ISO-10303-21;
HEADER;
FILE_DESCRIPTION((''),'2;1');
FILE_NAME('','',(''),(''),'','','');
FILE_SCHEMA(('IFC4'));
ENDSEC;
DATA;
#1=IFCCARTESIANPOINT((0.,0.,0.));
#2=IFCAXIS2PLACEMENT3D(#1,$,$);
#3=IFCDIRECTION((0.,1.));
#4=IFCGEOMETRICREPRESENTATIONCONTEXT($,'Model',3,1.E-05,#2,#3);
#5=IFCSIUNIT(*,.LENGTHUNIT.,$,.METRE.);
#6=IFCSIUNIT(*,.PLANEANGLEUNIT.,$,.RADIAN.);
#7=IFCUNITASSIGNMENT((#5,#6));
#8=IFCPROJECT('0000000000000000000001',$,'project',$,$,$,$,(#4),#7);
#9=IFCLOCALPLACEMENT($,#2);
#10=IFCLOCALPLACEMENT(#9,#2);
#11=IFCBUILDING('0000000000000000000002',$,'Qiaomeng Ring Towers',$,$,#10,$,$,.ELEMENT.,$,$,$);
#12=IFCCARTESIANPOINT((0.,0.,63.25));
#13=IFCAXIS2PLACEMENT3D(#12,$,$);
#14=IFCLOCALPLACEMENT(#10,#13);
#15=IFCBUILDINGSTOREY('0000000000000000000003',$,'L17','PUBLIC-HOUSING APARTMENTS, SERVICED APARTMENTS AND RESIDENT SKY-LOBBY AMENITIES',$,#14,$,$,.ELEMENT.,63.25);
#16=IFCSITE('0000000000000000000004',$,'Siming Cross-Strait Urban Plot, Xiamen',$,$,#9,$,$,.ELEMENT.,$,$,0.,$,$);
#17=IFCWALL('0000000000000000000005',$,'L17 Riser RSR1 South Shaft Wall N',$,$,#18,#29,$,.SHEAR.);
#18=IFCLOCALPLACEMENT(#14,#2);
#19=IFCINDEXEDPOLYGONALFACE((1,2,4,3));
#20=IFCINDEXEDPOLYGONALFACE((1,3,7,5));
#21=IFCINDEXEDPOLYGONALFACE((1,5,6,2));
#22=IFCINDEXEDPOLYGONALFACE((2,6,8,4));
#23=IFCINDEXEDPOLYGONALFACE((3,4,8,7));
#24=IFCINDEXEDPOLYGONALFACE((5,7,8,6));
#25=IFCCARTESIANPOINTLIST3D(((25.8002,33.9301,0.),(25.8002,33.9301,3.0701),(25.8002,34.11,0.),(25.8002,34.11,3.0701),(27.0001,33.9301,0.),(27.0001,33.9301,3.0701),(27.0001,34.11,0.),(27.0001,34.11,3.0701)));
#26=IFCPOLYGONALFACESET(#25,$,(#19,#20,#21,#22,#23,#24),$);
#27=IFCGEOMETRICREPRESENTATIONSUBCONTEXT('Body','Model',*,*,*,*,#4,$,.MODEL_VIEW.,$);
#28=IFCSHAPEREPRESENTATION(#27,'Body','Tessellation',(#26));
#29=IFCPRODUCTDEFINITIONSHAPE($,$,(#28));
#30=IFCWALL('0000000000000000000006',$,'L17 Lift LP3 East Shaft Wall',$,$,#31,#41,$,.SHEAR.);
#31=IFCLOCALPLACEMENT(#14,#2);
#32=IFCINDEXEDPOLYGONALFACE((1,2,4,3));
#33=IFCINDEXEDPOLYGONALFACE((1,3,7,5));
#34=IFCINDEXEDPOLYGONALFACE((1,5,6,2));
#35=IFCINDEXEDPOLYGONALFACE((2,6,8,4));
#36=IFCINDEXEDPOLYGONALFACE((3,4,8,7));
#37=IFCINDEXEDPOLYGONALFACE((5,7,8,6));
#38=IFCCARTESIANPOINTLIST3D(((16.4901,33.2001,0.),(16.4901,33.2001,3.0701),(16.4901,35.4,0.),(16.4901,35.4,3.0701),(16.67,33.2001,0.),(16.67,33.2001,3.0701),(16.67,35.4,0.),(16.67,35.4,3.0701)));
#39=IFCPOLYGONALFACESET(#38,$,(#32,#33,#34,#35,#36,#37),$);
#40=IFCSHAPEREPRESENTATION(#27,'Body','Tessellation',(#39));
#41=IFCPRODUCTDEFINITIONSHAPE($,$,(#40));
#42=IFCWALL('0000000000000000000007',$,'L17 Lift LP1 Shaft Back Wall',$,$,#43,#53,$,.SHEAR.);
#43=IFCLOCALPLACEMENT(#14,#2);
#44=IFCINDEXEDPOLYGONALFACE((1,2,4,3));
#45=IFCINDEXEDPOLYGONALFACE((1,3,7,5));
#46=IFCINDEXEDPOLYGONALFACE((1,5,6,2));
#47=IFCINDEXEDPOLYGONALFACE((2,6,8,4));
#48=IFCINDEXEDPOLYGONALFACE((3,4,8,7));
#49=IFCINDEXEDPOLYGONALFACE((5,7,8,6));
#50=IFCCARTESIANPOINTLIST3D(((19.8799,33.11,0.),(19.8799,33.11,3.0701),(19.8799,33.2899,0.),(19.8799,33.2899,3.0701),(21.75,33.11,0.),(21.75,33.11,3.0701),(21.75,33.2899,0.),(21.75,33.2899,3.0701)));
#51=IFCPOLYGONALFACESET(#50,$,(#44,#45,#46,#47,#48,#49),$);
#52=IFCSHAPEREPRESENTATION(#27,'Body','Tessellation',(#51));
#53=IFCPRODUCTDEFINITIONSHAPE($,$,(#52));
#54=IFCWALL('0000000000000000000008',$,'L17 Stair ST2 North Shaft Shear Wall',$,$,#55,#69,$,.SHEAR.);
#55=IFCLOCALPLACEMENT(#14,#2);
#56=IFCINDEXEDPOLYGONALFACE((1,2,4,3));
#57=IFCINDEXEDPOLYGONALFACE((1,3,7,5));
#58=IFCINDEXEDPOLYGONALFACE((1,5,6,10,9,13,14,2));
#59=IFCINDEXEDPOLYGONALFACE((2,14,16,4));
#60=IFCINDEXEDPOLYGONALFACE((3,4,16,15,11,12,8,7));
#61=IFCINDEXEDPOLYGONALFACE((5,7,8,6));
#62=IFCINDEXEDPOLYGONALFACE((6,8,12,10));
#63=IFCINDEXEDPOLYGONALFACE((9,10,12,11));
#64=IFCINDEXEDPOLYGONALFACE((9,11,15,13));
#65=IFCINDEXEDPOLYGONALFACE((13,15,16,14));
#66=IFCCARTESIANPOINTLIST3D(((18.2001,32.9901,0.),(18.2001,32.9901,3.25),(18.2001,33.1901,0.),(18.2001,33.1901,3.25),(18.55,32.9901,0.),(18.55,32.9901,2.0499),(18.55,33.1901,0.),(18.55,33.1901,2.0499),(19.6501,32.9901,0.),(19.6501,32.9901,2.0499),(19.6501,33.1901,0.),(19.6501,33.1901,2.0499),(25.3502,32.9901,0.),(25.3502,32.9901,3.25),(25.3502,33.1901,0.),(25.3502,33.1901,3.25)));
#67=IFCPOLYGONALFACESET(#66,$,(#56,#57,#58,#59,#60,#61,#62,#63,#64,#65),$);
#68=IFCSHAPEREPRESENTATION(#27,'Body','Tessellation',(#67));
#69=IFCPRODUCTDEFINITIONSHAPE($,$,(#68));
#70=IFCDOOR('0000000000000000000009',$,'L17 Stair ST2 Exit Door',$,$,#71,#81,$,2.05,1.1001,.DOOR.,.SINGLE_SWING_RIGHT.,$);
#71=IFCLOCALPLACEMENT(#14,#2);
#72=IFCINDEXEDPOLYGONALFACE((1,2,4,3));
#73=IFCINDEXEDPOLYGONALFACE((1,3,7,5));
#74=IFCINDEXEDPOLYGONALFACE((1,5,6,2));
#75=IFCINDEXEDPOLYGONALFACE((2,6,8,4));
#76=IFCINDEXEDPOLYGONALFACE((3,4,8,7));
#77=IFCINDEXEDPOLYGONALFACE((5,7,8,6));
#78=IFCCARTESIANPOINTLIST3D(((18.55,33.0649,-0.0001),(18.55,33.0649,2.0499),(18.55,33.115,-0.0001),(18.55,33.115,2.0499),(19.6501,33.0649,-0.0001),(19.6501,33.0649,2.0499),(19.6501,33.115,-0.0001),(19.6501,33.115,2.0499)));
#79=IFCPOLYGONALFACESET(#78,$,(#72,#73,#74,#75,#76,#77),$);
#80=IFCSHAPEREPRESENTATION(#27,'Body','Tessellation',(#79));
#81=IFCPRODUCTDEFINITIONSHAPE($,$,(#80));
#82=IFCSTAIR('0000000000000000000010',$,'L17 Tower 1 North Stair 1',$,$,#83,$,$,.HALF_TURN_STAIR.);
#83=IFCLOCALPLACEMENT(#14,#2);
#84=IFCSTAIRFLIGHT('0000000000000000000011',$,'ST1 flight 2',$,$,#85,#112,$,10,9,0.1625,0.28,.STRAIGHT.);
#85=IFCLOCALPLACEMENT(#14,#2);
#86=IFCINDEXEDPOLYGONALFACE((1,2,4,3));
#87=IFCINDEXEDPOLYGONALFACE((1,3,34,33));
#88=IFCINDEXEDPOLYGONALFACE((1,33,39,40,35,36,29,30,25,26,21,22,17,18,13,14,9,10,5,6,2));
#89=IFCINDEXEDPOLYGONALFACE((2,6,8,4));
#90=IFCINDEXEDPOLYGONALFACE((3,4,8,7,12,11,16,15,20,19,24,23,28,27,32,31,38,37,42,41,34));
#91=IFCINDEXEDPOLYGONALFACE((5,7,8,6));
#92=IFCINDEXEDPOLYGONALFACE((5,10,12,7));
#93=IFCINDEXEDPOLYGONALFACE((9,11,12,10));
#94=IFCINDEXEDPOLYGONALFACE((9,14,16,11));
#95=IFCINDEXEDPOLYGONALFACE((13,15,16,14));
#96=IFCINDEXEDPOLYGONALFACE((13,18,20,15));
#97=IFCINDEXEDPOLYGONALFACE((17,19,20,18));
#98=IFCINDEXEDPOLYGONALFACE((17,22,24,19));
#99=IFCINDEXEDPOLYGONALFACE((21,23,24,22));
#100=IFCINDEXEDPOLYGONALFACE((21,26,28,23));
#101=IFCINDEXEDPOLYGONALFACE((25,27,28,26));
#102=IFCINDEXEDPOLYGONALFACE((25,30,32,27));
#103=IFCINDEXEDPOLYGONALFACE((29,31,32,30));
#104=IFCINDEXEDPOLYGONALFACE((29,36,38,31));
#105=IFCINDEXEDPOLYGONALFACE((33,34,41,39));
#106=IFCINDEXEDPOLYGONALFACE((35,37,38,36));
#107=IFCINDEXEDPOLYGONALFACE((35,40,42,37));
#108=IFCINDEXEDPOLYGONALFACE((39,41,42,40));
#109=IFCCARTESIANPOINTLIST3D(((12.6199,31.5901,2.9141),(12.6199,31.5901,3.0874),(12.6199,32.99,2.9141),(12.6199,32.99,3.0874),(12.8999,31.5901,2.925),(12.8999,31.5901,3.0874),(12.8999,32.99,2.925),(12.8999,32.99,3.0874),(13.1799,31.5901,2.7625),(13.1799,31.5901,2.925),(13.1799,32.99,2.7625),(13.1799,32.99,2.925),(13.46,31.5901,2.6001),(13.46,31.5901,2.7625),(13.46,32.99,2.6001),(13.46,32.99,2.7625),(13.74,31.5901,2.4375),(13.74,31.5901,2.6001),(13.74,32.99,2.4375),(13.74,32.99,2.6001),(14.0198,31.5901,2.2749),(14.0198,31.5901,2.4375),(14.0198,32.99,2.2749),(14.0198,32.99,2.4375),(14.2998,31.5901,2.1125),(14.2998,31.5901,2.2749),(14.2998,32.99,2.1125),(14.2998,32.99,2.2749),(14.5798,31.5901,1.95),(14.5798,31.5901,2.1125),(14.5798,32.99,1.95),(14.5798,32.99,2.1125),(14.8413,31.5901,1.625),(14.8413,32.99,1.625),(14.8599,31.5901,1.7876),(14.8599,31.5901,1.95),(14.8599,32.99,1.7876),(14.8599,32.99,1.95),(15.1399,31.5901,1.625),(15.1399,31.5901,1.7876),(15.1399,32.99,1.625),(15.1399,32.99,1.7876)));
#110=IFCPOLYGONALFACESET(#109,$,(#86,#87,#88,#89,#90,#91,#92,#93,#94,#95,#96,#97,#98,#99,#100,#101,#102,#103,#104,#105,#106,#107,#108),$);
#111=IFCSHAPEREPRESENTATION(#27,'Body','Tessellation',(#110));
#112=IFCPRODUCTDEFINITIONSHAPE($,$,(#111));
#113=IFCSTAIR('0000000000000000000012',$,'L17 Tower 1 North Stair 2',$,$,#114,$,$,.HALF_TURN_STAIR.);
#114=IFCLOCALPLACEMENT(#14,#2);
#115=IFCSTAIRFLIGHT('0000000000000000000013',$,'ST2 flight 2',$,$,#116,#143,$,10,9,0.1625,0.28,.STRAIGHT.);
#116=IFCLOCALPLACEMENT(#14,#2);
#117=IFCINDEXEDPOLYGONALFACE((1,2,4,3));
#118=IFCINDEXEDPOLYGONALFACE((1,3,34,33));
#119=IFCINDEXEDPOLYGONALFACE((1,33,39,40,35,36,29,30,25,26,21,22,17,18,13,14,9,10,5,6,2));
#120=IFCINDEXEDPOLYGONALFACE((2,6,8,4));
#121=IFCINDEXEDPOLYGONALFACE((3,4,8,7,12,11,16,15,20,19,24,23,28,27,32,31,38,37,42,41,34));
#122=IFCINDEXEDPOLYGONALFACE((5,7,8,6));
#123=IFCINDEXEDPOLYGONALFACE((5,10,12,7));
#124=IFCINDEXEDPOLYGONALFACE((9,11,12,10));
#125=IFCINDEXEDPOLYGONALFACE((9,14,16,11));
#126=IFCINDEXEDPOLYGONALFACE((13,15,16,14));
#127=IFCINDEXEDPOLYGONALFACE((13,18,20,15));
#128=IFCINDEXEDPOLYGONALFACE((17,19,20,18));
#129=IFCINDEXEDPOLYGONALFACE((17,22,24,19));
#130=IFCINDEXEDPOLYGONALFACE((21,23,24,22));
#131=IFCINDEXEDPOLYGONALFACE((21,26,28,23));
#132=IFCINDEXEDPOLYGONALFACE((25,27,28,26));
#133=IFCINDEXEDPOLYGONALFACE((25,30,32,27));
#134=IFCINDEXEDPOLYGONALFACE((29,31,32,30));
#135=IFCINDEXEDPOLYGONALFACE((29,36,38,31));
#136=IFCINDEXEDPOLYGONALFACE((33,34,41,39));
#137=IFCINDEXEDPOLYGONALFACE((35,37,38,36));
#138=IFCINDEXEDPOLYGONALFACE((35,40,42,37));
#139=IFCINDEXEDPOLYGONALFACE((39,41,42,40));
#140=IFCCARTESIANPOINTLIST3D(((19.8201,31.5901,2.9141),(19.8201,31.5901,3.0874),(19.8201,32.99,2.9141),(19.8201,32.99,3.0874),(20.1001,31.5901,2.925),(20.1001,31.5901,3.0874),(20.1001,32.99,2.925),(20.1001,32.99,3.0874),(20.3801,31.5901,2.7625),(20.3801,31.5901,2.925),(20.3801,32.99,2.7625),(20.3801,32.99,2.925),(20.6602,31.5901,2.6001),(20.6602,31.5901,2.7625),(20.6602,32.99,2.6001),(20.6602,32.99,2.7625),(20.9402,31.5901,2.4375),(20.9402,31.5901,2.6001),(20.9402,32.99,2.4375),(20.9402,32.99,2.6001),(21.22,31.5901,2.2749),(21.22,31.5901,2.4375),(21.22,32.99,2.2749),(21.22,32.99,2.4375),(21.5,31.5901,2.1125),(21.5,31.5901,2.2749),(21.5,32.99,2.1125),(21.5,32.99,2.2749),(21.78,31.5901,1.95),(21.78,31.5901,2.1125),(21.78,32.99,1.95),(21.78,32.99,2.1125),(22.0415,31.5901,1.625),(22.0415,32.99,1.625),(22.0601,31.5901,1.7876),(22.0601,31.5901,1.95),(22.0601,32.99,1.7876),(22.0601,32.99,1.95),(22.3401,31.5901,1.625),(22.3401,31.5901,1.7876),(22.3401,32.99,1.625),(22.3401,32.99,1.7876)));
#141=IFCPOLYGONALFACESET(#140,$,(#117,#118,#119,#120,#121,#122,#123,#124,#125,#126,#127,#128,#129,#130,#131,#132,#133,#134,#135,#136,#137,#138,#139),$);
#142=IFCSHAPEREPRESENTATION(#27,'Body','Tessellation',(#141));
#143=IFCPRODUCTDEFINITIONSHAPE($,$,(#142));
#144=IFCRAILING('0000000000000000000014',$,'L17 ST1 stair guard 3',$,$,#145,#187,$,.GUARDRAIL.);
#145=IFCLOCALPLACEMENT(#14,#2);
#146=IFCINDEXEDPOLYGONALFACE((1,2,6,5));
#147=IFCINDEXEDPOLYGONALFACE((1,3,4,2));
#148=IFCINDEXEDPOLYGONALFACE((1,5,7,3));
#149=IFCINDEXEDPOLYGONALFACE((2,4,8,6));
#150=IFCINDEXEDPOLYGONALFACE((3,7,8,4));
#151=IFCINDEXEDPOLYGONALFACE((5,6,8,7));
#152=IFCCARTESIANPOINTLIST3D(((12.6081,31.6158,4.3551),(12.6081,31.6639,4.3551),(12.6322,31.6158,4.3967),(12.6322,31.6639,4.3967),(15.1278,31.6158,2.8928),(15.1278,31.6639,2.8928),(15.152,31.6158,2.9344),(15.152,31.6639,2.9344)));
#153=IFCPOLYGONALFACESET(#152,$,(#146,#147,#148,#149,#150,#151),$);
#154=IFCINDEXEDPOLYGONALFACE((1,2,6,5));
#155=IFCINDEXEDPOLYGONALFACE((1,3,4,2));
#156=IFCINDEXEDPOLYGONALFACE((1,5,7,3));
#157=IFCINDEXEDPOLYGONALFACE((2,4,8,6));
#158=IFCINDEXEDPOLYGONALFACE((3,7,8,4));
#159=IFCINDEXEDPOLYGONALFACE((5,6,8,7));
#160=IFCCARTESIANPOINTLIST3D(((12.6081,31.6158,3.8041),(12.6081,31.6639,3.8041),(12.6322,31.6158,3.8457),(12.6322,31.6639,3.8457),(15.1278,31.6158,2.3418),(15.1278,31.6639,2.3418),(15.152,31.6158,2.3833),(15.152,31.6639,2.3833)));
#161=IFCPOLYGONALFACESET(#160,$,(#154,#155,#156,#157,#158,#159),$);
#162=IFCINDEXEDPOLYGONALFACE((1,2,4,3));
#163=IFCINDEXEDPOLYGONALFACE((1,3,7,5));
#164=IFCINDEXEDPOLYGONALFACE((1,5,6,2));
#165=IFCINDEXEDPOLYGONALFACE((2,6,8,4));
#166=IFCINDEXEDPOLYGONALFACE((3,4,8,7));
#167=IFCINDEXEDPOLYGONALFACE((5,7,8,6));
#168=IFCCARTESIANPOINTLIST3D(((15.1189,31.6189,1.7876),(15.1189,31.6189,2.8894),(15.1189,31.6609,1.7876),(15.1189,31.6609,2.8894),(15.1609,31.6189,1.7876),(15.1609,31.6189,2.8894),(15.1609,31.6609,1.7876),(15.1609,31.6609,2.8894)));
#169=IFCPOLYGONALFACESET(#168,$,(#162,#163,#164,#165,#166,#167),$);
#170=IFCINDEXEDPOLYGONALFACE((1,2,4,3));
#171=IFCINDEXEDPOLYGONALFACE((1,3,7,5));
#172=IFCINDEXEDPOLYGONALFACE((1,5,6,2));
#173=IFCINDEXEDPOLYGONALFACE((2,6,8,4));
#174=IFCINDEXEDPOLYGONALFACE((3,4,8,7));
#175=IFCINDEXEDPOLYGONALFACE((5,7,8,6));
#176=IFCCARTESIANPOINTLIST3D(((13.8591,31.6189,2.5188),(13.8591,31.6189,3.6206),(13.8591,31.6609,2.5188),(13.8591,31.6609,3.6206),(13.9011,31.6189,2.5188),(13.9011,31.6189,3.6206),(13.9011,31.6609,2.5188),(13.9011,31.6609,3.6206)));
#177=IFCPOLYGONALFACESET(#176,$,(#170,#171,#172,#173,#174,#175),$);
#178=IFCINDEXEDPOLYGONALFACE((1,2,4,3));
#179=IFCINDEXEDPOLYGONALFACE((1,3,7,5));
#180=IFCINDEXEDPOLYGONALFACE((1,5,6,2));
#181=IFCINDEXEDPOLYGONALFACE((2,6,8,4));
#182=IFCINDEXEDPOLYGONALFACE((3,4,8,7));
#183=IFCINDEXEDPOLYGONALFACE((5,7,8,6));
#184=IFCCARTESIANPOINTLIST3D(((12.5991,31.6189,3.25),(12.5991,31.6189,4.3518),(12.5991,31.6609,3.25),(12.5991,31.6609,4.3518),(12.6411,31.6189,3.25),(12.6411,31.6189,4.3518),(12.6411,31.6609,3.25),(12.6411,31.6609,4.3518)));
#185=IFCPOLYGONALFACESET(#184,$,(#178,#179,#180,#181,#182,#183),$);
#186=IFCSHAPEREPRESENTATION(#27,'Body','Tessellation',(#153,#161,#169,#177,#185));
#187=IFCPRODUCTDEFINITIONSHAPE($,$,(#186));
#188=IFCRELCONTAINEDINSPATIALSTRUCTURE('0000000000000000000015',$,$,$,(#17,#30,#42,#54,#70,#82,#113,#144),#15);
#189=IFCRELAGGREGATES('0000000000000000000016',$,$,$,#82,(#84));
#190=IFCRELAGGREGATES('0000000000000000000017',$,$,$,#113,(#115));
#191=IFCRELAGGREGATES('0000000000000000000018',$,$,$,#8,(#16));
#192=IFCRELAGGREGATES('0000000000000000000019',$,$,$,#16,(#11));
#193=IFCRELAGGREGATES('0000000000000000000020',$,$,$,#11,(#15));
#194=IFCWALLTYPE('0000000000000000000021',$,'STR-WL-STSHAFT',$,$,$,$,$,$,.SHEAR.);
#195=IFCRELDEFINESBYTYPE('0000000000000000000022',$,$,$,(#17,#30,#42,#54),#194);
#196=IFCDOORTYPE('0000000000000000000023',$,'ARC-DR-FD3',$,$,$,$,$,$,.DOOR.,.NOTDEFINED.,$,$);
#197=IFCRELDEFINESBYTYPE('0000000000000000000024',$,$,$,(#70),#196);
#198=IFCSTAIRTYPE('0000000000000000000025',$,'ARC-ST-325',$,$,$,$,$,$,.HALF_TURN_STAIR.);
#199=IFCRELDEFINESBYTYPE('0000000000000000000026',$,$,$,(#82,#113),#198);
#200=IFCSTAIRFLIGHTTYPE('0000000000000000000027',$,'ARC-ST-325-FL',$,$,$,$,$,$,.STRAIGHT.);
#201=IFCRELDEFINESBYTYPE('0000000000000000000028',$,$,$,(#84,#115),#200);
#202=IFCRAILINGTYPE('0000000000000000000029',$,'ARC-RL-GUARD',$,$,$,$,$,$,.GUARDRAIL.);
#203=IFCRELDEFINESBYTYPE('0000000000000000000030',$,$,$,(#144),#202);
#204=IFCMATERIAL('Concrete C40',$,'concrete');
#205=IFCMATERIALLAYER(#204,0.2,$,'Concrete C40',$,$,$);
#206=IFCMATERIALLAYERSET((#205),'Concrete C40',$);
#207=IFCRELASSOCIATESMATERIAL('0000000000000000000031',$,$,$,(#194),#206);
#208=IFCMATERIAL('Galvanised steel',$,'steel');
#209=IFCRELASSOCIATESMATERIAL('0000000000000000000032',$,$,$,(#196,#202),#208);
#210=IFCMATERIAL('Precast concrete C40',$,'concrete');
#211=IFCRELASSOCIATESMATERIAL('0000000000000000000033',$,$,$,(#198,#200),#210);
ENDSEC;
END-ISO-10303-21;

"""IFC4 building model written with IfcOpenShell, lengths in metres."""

from ifc_helpers import new_model, si_unit, direction, frame, frame_2d, origin, origin_2d, place, context, subcontext, project, spatial, polyline, rectangle, outline, extrude, source, transform, mapped, material, layer, layer_set, type_object, element, fill, aggregate, save


model = new_model("IFC4")

# Units and contexts
model_context = context("Model", 3, precision=1e-05, world=origin(), true_north=direction((0.0, 1.0)))
body_context = subcontext(model_context, "Body", "Model", "MODEL_VIEW")
ifc_project = project(units=[si_unit("LENGTHUNIT", "METRE"), si_unit("PLANEANGLEUNIT", "RADIAN")], contexts=[model_context])

# Site, building, storey
site_placement = place(None, origin())
site = spatial("IfcSite", under=ifc_project, at=site_placement, Name="Siming Cross-Strait Urban Plot, Xiamen", CompositionType="ELEMENT", RefElevation=0.0)
building_placement = place(site_placement, origin())
building = spatial("IfcBuilding", under=site, at=building_placement, Name="Qiaomeng Ring Towers", CompositionType="ELEMENT")
storey_placement = place(building_placement, frame((0.0, 0.0, 63.25)))
storey = spatial("IfcBuildingStorey", under=building, at=storey_placement, Name="L17", Description="PUBLIC-HOUSING APARTMENTS, SERVICED APARTMENTS AND RESIDENT SKY-LOBBY AMENITIES", CompositionType="ELEMENT", Elevation=63.25)

# Walls
ifc_material_1 = material(Name="Concrete C40", Category="concrete")
ifc_layer_1 = layer(ifc_material_1, 0.2, Name="Concrete C40")
ifc_layer_set_1 = layer_set([ifc_layer_1], Name="Concrete C40")
wall_type_1 = type_object("IfcWallType", Name="STR-WL-STSHAFT", PredefinedType="SHEAR", material=ifc_layer_set_1)
for number, where, z_axis, x_axis, name in (
    (1, (25.8, 34.02, 0.0), (0.0, 0.0, 1.0), (1.0, 0.0, 0.0), "L17 Riser RSR1 South Shaft Wall N"),
):
    element("IfcWall", number, at=place(storey_placement, frame(where, z_axis=z_axis, x_axis=x_axis)), inside=storey, type_object=wall_type_1, Name=name, PredefinedType="SHEAR", context=body_context, shape_type="SweptSolid", body=[
        extrude(rectangle(XDim=1.2, YDim=0.1799, at=frame_2d((0.6001, 0.0))), origin(), (0.0, 0.0, 1.0), 3.0701),
    ])
wall_1_placement = place(storey_placement, frame((16.5801, 33.2, 0.0), z_axis=(0.0, 0.0, 1.0), x_axis=(0.0, 1.0, 0.0)))
element("IfcWall", 2, at=wall_1_placement, inside=storey, type_object=wall_type_1, Name="L17 Lift LP3 East Shaft Wall", PredefinedType="SHEAR", context=body_context, shape_type="SweptSolid", body=[
    extrude(rectangle(XDim=2.2, YDim=0.1799, at=frame_2d((1.1001, 0.0))), origin(), (0.0, 0.0, 1.0), 3.0701),
])
wall_2_placement = place(storey_placement, frame((19.8799, 33.2, 0.0), z_axis=(0.0, 0.0, 1.0), x_axis=(1.0, 0.0, 0.0)))
element("IfcWall", 3, at=wall_2_placement, inside=storey, type_object=wall_type_1, Name="L17 Lift LP1 Shaft Back Wall", PredefinedType="SHEAR", context=body_context, shape_type="SweptSolid", body=[
    extrude(rectangle(XDim=1.8701, YDim=0.1799, at=frame_2d((0.9351, 0.0))), origin(), (0.0, 0.0, 1.0), 3.0701),
])

# Wall, opening, door
wall_3_placement = place(storey_placement, frame((18.2, 33.0901, 0.0), z_axis=(0.0, 0.0, 1.0), x_axis=(1.0, 0.0, 0.0)))
wall_3 = element("IfcWall", 4, at=wall_3_placement, inside=storey, type_object=wall_type_1, Name="L17 Stair ST2 North Shaft Shear Wall", PredefinedType="SHEAR", context=body_context, shape_type="SweptSolid", body=[
    extrude(rectangle(XDim=7.1501, YDim=0.2, at=frame_2d((3.5752, 0.0))), origin(), (0.0, 0.0, 1.0), 3.25),
])
opening_placement = place(wall_3_placement, frame((0.3501, 0.0, 0.0)))
opening = element("IfcOpeningElement", 5, at=opening_placement, cuts=wall_3, PredefinedType="OPENING", context=body_context, shape_type="SweptSolid", body=[
    extrude(rectangle(XDim=1.1001, YDim=2.05, at=frame_2d((0.55, 1.0249))), frame((0.0, 0.1099, 0.0), z_axis=(0.0, -1.0, 0.0), x_axis=(1.0, 0.0, 0.0)), (0.0, 0.0, 1.0), 0.22),
])
ifc_material_2 = material(Name="Galvanised steel", Category="steel")
door_type = type_object("IfcDoorType", Name="ARC-DR-FD3", OperationType="NOTDEFINED", PredefinedType="DOOR", material=ifc_material_2)
shared_shape_1 = source(origin(), body_context, "Body", "SweptSolid", [
    extrude(rectangle(XDim=1.1001, YDim=2.05, at=frame_2d((0.55, 1.0249))), frame((0.0, 0.0249, 0.0), z_axis=(0.0, -1.0, 0.0), x_axis=(1.0, 0.0, 0.0)), (0.0, 0.0, 1.0), 0.05),
])
door_placement = place(opening_placement, origin())
door = element("IfcDoor", 6, at=door_placement, inside=storey, type_object=door_type, Name="L17 Stair ST2 Exit Door", OperationType="SINGLE_SWING_RIGHT", OverallHeight=2.05, OverallWidth=1.1001, PredefinedType="DOOR", context=body_context, shape_type="MappedRepresentation", body=[
    mapped(shared_shape_1, transform((0.0, 0.0, 0.0), x_axis=(1.0, 0.0, 0.0), y_axis=(0.0, 1.0, 0.0), z_axis=(0.0, 0.0, 1.0), scale=1.0)),
])
fill(opening, door)

# Stairs, stair flights
ifc_material_3 = material(Name="Precast concrete C40", Category="concrete")
stair_type = type_object("IfcStairType", Name="ARC-ST-325", PredefinedType="HALF_TURN_STAIR", material=ifc_material_3)
stair_1_placement = place(storey_placement, origin())
stair_1 = element("IfcStair", 7, at=stair_1_placement, inside=storey, type_object=stair_type, Name="L17 Tower 1 North Stair 1", PredefinedType="HALF_TURN_STAIR")
stair_flight_type = type_object("IfcStairFlightType", Name="ARC-ST-325-FL", PredefinedType="STRAIGHT", material=ifc_material_3)
shared_shape_2 = source(origin(), body_context, "Body", "SweptSolid", [
    extrude(outline(polyline([(0.0, 0.0), (0.0, 0.1626), (0.28, 0.1626), (0.28, 0.325), (0.5601, 0.325), (0.5601, 0.4875), (0.8401, 0.4875), (0.8401, 0.6499), (1.1201, 0.6499), (1.1201, 0.8125), (1.3999, 0.8125), (1.3999, 0.9751), (1.6799, 0.9751), (1.6799, 1.1375), (1.96, 1.1375), (1.96, 1.3), (2.24, 1.3), (2.24, 1.4624), (2.52, 1.4624), (2.52, 1.625), (2.52, 1.2891), (0.2986, 0.0), (0.0, 0.0)])), frame((0.0, 0.7, 0.0), z_axis=(0.0, -1.0, 0.0), x_axis=(1.0, 0.0, 0.0)), (0.0, 0.0, 1.0), 1.3999),
])
stair_flight_1_placement = place(storey_placement, frame((15.1399, 32.29, 1.625), z_axis=(0.0, 0.0, 1.0), x_axis=(-1.0, 0.0, 0.0)))
stair_flight_1 = element("IfcStairFlight", 8, at=stair_flight_1_placement, type_object=stair_flight_type, Name="ST1 flight 2", NumberOfRisers=10, NumberOfTreads=9, PredefinedType="STRAIGHT", RiserHeight=0.1625, TreadLength=0.28, context=body_context, shape_type="MappedRepresentation", body=[
    mapped(shared_shape_2, transform((0.0, 0.0, 0.0), x_axis=(1.0, 0.0, 0.0), y_axis=(0.0, 1.0, 0.0), z_axis=(0.0, 0.0, 1.0), scale=1.0)),
])
aggregate(stair_1, [stair_flight_1])
stair_2_placement = place(storey_placement, origin())
stair_2 = element("IfcStair", 9, at=stair_2_placement, inside=storey, type_object=stair_type, Name="L17 Tower 1 North Stair 2", PredefinedType="HALF_TURN_STAIR")
stair_flight_2_placement = place(storey_placement, frame((22.3401, 32.29, 1.625), z_axis=(0.0, 0.0, 1.0), x_axis=(-1.0, 0.0, 0.0)))
stair_flight_2 = element("IfcStairFlight", 10, at=stair_flight_2_placement, type_object=stair_flight_type, Name="ST2 flight 2", NumberOfRisers=10, NumberOfTreads=9, PredefinedType="STRAIGHT", RiserHeight=0.1625, TreadLength=0.28, context=body_context, shape_type="MappedRepresentation", body=[
    mapped(shared_shape_2, transform((0.0, 0.0, 0.0), x_axis=(1.0, 0.0, 0.0), y_axis=(0.0, 1.0, 0.0), z_axis=(0.0, 0.0, 1.0), scale=1.0)),
])
aggregate(stair_2, [stair_flight_2])

# Railing
railing_type_1 = type_object("IfcRailingType", Name="ARC-RL-GUARD", PredefinedType="GUARDRAIL", material=ifc_material_2)
railing_1_placement = place(storey_placement, frame((15.1399, 31.6399, 1.7876)))
element("IfcRailing", 11, at=railing_1_placement, inside=storey, type_object=railing_type_1, Name="L17 ST1 stair guard 3", PredefinedType="GUARDRAIL", context=body_context, shape_type="SweptSolid", body=[
    extrude(rectangle(XDim=0.0481, YDim=0.0481, at=origin_2d()), frame((0.0, 0.0, 1.126), z_axis=(-0.864892, 0.0, 0.501958), x_axis=(0.0, -1.0, 0.0)), (0.0, 0.0, 1.0), 2.9133),
    extrude(rectangle(XDim=0.0481, YDim=0.0481, at=origin_2d()), frame((0.0, 0.0, 0.575), z_axis=(-0.864892, 0.0, 0.501958), x_axis=(0.0, -1.0, 0.0)), (0.0, 0.0, 1.0), 2.9133),
    extrude(rectangle(XDim=0.042, YDim=0.042, at=origin_2d()), origin(), (0.0, 0.0, 1.0), 1.1018),
    extrude(rectangle(XDim=0.042, YDim=0.042, at=origin_2d()), frame((-1.2598, 0.0, 0.7312)), (0.0, 0.0, 1.0), 1.1018),
    extrude(rectangle(XDim=0.042, YDim=0.042, at=origin_2d()), frame((-2.5198, 0.0, 1.4624)), (0.0, 0.0, 1.0), 1.1018),
])

save(model, "model.ifc")
